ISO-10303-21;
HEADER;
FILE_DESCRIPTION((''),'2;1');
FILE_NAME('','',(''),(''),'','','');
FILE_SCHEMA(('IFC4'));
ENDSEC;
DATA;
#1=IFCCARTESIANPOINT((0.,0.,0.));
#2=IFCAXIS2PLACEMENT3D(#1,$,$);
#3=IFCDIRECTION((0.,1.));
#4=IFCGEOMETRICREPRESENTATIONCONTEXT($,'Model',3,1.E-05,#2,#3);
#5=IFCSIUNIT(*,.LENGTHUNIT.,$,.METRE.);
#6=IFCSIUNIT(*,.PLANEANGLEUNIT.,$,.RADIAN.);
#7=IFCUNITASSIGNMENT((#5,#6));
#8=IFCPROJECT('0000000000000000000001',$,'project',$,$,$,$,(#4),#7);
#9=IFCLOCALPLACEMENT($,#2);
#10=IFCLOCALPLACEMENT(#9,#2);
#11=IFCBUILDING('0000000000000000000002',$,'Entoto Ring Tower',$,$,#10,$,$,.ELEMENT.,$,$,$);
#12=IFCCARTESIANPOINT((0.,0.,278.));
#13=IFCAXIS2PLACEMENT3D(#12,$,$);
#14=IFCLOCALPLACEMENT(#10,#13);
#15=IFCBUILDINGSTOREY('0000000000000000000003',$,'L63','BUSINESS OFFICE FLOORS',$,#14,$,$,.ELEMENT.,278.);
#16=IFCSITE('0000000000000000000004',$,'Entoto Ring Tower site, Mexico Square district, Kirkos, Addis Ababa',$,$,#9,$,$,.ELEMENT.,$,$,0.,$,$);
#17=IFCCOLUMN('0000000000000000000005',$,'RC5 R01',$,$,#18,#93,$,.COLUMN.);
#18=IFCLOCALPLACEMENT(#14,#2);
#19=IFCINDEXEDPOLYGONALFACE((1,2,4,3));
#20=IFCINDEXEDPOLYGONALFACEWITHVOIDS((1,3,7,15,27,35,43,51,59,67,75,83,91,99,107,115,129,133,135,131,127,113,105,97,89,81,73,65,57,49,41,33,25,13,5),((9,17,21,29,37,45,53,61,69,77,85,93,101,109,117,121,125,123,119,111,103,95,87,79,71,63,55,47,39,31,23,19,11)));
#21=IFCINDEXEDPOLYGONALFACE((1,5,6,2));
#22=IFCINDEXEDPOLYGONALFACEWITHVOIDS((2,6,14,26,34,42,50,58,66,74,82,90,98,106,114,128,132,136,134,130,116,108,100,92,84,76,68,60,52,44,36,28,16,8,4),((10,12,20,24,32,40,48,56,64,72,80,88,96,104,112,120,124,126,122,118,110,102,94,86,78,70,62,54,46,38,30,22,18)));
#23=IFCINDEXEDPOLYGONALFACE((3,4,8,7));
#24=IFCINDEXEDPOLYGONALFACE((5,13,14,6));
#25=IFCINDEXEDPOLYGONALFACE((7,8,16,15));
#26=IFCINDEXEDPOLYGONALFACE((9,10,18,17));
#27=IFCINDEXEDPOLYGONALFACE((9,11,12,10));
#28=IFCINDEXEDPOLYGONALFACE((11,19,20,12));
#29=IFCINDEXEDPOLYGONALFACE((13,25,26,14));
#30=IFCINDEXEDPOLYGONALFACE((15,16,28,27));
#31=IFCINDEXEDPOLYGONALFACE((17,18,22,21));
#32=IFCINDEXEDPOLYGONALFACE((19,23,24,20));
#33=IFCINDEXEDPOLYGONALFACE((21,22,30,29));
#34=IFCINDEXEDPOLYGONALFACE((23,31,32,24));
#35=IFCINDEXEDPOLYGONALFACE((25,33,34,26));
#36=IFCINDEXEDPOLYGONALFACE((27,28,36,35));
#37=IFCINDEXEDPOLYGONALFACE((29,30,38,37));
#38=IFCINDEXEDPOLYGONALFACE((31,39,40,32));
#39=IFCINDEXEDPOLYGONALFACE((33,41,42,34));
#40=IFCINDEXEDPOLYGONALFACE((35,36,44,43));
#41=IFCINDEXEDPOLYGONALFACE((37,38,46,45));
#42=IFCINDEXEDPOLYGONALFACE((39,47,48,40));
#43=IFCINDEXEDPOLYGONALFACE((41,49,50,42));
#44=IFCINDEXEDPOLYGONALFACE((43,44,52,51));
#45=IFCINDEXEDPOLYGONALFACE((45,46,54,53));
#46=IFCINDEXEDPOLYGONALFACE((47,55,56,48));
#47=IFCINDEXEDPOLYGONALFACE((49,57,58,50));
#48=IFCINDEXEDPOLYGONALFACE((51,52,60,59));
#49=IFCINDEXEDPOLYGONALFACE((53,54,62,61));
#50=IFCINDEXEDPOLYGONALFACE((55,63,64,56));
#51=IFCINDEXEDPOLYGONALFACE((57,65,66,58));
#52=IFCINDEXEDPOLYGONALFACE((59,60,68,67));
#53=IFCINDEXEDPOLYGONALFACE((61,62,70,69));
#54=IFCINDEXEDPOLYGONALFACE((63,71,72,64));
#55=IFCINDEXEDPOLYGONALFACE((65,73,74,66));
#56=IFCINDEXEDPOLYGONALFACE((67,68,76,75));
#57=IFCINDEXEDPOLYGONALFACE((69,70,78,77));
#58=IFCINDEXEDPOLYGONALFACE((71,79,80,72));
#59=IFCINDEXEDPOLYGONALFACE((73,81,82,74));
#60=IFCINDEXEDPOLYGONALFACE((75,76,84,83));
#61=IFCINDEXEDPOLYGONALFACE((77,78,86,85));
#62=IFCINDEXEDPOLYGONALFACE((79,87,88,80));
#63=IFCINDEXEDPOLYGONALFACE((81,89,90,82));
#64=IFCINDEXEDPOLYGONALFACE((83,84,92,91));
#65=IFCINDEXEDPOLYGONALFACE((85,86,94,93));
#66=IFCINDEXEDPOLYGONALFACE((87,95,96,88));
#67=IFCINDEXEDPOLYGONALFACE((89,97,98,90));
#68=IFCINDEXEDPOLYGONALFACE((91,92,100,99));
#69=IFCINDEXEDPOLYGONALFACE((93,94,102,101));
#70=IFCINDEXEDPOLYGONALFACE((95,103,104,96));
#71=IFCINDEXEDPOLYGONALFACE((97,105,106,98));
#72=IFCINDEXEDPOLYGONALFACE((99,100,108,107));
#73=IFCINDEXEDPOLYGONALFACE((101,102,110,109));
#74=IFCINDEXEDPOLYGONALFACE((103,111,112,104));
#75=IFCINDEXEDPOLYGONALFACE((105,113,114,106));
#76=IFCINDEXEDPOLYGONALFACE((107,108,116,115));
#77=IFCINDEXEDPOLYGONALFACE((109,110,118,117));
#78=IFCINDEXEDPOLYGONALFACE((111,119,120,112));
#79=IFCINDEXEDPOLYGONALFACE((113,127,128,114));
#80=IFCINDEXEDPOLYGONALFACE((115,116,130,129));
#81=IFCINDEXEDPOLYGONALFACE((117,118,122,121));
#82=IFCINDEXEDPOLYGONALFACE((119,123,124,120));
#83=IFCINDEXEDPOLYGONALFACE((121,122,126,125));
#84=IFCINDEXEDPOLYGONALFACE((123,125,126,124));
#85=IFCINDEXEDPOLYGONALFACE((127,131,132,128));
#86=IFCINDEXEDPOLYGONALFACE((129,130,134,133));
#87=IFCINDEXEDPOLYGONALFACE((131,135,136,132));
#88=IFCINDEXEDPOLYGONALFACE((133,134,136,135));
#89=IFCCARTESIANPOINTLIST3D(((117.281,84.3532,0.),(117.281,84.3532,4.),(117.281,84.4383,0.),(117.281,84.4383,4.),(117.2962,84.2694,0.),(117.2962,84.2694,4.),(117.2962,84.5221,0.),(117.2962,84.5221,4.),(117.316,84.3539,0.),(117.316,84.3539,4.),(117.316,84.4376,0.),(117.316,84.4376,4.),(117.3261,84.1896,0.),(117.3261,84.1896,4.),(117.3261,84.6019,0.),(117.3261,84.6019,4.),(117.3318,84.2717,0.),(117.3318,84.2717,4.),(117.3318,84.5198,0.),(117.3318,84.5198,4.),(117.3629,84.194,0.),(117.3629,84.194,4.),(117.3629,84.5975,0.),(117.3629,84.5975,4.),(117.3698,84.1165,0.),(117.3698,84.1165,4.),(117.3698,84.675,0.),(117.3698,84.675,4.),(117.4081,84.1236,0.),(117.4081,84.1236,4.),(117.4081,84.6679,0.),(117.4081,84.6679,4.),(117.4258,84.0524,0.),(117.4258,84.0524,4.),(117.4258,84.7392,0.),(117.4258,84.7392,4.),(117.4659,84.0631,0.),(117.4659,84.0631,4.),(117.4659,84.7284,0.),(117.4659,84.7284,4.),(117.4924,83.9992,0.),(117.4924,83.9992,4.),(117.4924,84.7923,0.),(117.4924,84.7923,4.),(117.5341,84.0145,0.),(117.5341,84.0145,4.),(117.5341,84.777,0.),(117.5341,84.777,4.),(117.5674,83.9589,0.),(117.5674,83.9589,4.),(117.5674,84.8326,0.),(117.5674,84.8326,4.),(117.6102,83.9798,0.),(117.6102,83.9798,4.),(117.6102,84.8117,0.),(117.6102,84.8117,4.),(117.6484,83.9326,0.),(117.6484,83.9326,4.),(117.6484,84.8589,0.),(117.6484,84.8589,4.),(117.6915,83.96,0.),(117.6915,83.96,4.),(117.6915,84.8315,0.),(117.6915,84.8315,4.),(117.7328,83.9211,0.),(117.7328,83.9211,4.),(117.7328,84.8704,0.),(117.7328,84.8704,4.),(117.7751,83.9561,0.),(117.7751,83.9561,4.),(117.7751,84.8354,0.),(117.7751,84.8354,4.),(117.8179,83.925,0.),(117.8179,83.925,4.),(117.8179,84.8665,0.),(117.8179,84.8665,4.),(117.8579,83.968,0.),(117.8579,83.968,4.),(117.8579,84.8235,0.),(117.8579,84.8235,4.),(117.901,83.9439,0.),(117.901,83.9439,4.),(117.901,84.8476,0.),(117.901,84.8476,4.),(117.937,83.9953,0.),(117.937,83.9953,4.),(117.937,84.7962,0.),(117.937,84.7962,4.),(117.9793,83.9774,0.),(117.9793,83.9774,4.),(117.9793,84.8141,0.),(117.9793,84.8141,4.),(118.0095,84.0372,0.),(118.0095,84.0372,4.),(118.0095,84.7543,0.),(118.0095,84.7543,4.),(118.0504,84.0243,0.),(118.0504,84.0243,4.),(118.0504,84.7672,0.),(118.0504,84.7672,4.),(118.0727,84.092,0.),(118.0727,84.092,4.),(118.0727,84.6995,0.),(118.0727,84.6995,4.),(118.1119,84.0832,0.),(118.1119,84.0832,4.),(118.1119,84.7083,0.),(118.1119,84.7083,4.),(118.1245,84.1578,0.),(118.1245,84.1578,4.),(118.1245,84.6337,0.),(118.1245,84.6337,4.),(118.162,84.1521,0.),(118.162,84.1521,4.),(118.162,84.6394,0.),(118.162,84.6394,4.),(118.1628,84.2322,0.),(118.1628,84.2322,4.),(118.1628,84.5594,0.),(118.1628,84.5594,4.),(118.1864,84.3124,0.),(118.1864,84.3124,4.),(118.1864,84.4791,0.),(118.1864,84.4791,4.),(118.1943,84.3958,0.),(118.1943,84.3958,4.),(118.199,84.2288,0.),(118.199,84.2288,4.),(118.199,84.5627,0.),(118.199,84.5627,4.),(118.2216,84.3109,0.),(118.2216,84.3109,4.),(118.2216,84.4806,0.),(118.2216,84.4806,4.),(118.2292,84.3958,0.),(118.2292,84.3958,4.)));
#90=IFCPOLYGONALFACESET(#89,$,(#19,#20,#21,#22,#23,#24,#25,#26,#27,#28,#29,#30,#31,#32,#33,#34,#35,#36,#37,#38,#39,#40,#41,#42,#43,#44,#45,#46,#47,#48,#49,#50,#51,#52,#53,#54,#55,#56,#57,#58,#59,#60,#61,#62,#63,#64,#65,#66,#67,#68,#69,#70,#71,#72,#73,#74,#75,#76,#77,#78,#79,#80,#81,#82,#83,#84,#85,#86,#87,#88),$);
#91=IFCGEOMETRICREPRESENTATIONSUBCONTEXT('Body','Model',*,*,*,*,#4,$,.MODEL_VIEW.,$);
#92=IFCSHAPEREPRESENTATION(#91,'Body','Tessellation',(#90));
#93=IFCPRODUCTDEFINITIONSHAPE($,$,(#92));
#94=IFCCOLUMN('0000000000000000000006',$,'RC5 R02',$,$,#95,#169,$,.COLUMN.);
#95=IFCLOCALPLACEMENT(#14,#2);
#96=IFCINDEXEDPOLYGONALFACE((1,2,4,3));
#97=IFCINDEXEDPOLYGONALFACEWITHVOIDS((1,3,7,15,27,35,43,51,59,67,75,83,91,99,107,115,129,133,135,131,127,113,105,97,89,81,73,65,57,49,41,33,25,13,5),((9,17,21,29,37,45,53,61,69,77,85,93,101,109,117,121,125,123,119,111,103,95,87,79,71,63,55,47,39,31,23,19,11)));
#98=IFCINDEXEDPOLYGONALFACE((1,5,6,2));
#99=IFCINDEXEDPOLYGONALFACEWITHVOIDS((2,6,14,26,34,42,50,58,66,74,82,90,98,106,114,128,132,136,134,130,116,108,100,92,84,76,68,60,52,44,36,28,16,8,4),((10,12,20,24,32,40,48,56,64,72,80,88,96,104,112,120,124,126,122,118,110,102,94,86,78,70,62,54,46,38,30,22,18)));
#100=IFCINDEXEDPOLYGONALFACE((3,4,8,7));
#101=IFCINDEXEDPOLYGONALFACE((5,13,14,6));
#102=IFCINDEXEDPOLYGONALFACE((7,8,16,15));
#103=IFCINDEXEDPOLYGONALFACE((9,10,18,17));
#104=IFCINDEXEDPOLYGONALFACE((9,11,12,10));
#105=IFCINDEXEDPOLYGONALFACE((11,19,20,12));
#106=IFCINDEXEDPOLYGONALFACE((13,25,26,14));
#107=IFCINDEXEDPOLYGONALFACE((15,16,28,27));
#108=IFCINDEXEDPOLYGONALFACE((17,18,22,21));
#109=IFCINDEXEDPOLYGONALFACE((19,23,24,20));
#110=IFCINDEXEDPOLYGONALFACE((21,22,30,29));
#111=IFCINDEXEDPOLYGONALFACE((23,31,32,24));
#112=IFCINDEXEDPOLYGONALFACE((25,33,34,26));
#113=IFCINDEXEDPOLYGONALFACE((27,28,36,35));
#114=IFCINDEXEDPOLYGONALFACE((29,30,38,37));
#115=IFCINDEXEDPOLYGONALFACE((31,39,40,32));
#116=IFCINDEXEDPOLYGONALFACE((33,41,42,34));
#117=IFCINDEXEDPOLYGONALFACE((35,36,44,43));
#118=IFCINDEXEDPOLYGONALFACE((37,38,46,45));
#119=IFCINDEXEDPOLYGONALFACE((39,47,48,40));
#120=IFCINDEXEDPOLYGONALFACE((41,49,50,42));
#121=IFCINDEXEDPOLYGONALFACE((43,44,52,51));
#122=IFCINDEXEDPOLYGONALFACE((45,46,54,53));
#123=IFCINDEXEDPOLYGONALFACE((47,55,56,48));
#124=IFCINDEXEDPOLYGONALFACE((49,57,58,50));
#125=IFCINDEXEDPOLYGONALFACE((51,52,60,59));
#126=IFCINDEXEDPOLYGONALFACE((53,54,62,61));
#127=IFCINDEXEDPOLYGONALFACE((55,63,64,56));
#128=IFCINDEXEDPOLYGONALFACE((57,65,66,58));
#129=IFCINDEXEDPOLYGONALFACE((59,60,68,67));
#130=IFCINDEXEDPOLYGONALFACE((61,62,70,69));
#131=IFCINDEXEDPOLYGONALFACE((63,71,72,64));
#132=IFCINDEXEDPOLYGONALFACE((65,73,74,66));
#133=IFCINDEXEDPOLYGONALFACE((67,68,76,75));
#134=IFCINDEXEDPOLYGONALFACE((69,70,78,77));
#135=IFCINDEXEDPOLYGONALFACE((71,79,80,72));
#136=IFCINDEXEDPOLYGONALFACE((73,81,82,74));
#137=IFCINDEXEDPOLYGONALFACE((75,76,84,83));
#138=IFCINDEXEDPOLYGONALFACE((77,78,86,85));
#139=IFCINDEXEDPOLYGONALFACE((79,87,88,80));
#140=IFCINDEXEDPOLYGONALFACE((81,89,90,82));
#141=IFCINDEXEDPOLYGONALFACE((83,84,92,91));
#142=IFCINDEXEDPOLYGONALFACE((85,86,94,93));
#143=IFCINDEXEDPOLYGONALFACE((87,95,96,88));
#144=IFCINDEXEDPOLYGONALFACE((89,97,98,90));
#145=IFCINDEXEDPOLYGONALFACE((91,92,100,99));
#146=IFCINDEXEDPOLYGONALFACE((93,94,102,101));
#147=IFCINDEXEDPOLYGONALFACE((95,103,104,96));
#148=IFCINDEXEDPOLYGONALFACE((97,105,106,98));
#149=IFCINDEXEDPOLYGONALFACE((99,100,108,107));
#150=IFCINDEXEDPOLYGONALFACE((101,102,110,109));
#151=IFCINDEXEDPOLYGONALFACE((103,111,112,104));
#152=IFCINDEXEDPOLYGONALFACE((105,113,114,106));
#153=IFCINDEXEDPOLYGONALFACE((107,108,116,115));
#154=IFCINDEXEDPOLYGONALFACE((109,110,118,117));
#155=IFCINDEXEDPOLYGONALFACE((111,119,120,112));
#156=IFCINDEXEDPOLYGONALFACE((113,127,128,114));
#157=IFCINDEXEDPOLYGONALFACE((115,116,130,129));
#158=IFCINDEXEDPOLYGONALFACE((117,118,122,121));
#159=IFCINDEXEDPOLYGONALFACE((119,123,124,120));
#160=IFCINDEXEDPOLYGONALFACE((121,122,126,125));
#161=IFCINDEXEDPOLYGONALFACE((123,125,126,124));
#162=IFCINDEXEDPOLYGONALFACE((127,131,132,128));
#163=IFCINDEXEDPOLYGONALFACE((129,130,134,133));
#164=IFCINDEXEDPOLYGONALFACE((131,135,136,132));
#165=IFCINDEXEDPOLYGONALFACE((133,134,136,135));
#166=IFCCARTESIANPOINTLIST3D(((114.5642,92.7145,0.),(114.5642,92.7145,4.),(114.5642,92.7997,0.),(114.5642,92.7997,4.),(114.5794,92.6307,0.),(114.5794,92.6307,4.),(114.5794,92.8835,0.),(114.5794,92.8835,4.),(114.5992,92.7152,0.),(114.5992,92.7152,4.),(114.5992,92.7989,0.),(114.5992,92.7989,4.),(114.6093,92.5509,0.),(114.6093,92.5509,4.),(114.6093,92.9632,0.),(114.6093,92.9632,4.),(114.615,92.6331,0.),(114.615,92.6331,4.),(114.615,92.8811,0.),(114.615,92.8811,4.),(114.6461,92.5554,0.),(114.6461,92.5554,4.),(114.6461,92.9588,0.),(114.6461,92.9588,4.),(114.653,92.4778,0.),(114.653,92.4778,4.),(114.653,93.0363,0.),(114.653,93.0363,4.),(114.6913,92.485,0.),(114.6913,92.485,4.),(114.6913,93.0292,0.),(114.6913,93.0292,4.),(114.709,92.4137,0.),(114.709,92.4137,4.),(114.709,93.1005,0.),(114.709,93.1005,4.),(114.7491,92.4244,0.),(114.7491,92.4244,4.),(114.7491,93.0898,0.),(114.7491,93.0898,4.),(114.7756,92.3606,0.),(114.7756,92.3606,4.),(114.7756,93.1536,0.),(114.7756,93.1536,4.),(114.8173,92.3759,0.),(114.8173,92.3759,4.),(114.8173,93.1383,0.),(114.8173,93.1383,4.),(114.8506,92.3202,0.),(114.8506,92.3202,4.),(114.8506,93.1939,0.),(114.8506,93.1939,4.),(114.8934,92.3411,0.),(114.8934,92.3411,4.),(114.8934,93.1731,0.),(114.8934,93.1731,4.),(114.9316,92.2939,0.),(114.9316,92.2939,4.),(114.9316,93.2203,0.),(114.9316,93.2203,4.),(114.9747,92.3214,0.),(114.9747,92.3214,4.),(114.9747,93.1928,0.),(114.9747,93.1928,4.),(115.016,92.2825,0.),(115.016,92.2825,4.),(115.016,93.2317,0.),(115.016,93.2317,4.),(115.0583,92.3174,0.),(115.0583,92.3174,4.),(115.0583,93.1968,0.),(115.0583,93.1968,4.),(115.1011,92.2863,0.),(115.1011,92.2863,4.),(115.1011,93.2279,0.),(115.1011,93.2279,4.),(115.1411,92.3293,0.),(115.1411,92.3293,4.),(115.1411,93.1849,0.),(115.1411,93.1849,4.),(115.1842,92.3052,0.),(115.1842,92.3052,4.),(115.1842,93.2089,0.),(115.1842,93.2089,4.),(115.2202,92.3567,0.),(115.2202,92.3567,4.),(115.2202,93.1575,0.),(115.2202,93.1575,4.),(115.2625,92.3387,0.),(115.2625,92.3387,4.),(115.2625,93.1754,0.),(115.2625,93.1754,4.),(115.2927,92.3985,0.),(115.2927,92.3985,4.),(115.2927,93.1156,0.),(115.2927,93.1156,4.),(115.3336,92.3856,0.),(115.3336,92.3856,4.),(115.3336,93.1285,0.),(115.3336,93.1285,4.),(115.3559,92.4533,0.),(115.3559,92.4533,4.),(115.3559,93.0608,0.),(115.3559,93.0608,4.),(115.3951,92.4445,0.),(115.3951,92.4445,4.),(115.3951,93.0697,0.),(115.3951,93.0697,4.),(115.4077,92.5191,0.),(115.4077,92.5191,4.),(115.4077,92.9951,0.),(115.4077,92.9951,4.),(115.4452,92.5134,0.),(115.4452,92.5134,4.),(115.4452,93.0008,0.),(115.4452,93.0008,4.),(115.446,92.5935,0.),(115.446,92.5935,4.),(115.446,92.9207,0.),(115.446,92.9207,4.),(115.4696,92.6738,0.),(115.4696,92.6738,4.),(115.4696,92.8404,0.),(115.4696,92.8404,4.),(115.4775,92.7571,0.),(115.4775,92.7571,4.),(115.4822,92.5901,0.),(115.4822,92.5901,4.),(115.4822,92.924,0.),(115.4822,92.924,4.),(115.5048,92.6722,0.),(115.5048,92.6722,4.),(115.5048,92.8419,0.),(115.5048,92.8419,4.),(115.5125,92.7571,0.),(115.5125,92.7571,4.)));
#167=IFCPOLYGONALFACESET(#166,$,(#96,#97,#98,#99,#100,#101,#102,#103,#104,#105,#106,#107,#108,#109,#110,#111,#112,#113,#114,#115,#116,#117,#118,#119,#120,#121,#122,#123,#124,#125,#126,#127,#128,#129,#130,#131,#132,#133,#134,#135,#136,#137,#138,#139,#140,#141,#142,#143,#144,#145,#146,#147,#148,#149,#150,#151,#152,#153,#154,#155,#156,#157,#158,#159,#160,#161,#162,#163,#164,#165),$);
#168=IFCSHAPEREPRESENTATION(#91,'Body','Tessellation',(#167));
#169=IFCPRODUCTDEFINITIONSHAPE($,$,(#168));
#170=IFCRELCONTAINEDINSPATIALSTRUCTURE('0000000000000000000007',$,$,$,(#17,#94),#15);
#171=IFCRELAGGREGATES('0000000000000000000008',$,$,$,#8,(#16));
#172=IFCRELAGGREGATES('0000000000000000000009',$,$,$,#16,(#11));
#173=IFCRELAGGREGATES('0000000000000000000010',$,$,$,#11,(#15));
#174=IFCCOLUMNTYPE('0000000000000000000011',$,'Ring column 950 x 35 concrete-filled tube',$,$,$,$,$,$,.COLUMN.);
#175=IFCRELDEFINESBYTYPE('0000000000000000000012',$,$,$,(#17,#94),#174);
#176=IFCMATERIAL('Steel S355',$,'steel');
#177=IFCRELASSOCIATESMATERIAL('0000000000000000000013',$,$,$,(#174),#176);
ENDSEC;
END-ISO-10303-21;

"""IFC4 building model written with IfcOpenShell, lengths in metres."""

from ifc_helpers import new_model, si_unit, direction, frame, origin, origin_2d, place, context, subcontext, project, spatial, circle, hollow_circle, extrude, material, material_profile, profile_set, type_object, element, save


model = new_model("IFC4")

# Units and contexts
model_context = context("Model", 3, precision=1e-05, world=origin(), true_north=direction((0.0, 1.0)))
body_context = subcontext(model_context, "Body", "Model", "MODEL_VIEW")
ifc_project = project(units=[si_unit("LENGTHUNIT", "METRE"), si_unit("PLANEANGLEUNIT", "RADIAN")], contexts=[model_context])

# Site, building, storey
site_placement = place(None, origin())
site = spatial("IfcSite", under=ifc_project, at=site_placement, Name="Entoto Ring Tower site, Mexico Square district, Kirkos, Addis Ababa", CompositionType="ELEMENT", RefElevation=0.0)
building_placement = place(site_placement, origin())
building = spatial("IfcBuilding", under=site, at=building_placement, Name="Entoto Ring Tower", CompositionType="ELEMENT")
storey_placement = place(building_placement, frame((0.0, 0.0, 278.0)))
storey = spatial("IfcBuildingStorey", under=building, at=storey_placement, Name="L63", Description="BUSINESS OFFICE FLOORS", CompositionType="ELEMENT", Elevation=278.0)

# Columns
ifc_material_1 = material(Name="Steel S355", Category="steel")
ifc_material_profile_1 = material_profile(ifc_material_1, hollow_circle(Radius=0.4751, WallThickness=0.0349, at=origin_2d()), Name="CHS 950 x 35")
ifc_material_2 = material(Name="Concrete C60/75", Category="concrete")
ifc_material_profile_2 = material_profile(ifc_material_2, circle(Radius=0.4399, at=origin_2d()), Name="Concrete C60/75 infill")
ifc_profile_set_1 = profile_set([ifc_material_profile_1, ifc_material_profile_2], Name="Steel S355")
column_type = type_object("IfcColumnType", Name="Ring column 950 x 35 concrete-filled tube", PredefinedType="COLUMN", material=ifc_profile_set_1)
for number, where, z_axis, x_axis, name in (
    (1, (117.7542, 84.3958, 0.0), (0.0, 0.0, 1.0), (1.0, 0.0, 0.0), "RC5 R01"),
    (2, (115.0374, 92.7571, 0.0), (0.0, 0.0, 1.0), (1.0, 0.0, 0.0), "RC5 R02"),
):
    element("IfcColumn", number, at=place(storey_placement, frame(where, z_axis=z_axis, x_axis=x_axis)), inside=storey, type_object=column_type, Name=name, PredefinedType="COLUMN", context=body_context, shape_type="SweptSolid", body=[
        extrude(hollow_circle(Radius=0.4751, WallThickness=0.0349, at=origin_2d()), origin(), (0.0, 0.0, 1.0), 4.0),
    ])

save(model, "model.ifc")
